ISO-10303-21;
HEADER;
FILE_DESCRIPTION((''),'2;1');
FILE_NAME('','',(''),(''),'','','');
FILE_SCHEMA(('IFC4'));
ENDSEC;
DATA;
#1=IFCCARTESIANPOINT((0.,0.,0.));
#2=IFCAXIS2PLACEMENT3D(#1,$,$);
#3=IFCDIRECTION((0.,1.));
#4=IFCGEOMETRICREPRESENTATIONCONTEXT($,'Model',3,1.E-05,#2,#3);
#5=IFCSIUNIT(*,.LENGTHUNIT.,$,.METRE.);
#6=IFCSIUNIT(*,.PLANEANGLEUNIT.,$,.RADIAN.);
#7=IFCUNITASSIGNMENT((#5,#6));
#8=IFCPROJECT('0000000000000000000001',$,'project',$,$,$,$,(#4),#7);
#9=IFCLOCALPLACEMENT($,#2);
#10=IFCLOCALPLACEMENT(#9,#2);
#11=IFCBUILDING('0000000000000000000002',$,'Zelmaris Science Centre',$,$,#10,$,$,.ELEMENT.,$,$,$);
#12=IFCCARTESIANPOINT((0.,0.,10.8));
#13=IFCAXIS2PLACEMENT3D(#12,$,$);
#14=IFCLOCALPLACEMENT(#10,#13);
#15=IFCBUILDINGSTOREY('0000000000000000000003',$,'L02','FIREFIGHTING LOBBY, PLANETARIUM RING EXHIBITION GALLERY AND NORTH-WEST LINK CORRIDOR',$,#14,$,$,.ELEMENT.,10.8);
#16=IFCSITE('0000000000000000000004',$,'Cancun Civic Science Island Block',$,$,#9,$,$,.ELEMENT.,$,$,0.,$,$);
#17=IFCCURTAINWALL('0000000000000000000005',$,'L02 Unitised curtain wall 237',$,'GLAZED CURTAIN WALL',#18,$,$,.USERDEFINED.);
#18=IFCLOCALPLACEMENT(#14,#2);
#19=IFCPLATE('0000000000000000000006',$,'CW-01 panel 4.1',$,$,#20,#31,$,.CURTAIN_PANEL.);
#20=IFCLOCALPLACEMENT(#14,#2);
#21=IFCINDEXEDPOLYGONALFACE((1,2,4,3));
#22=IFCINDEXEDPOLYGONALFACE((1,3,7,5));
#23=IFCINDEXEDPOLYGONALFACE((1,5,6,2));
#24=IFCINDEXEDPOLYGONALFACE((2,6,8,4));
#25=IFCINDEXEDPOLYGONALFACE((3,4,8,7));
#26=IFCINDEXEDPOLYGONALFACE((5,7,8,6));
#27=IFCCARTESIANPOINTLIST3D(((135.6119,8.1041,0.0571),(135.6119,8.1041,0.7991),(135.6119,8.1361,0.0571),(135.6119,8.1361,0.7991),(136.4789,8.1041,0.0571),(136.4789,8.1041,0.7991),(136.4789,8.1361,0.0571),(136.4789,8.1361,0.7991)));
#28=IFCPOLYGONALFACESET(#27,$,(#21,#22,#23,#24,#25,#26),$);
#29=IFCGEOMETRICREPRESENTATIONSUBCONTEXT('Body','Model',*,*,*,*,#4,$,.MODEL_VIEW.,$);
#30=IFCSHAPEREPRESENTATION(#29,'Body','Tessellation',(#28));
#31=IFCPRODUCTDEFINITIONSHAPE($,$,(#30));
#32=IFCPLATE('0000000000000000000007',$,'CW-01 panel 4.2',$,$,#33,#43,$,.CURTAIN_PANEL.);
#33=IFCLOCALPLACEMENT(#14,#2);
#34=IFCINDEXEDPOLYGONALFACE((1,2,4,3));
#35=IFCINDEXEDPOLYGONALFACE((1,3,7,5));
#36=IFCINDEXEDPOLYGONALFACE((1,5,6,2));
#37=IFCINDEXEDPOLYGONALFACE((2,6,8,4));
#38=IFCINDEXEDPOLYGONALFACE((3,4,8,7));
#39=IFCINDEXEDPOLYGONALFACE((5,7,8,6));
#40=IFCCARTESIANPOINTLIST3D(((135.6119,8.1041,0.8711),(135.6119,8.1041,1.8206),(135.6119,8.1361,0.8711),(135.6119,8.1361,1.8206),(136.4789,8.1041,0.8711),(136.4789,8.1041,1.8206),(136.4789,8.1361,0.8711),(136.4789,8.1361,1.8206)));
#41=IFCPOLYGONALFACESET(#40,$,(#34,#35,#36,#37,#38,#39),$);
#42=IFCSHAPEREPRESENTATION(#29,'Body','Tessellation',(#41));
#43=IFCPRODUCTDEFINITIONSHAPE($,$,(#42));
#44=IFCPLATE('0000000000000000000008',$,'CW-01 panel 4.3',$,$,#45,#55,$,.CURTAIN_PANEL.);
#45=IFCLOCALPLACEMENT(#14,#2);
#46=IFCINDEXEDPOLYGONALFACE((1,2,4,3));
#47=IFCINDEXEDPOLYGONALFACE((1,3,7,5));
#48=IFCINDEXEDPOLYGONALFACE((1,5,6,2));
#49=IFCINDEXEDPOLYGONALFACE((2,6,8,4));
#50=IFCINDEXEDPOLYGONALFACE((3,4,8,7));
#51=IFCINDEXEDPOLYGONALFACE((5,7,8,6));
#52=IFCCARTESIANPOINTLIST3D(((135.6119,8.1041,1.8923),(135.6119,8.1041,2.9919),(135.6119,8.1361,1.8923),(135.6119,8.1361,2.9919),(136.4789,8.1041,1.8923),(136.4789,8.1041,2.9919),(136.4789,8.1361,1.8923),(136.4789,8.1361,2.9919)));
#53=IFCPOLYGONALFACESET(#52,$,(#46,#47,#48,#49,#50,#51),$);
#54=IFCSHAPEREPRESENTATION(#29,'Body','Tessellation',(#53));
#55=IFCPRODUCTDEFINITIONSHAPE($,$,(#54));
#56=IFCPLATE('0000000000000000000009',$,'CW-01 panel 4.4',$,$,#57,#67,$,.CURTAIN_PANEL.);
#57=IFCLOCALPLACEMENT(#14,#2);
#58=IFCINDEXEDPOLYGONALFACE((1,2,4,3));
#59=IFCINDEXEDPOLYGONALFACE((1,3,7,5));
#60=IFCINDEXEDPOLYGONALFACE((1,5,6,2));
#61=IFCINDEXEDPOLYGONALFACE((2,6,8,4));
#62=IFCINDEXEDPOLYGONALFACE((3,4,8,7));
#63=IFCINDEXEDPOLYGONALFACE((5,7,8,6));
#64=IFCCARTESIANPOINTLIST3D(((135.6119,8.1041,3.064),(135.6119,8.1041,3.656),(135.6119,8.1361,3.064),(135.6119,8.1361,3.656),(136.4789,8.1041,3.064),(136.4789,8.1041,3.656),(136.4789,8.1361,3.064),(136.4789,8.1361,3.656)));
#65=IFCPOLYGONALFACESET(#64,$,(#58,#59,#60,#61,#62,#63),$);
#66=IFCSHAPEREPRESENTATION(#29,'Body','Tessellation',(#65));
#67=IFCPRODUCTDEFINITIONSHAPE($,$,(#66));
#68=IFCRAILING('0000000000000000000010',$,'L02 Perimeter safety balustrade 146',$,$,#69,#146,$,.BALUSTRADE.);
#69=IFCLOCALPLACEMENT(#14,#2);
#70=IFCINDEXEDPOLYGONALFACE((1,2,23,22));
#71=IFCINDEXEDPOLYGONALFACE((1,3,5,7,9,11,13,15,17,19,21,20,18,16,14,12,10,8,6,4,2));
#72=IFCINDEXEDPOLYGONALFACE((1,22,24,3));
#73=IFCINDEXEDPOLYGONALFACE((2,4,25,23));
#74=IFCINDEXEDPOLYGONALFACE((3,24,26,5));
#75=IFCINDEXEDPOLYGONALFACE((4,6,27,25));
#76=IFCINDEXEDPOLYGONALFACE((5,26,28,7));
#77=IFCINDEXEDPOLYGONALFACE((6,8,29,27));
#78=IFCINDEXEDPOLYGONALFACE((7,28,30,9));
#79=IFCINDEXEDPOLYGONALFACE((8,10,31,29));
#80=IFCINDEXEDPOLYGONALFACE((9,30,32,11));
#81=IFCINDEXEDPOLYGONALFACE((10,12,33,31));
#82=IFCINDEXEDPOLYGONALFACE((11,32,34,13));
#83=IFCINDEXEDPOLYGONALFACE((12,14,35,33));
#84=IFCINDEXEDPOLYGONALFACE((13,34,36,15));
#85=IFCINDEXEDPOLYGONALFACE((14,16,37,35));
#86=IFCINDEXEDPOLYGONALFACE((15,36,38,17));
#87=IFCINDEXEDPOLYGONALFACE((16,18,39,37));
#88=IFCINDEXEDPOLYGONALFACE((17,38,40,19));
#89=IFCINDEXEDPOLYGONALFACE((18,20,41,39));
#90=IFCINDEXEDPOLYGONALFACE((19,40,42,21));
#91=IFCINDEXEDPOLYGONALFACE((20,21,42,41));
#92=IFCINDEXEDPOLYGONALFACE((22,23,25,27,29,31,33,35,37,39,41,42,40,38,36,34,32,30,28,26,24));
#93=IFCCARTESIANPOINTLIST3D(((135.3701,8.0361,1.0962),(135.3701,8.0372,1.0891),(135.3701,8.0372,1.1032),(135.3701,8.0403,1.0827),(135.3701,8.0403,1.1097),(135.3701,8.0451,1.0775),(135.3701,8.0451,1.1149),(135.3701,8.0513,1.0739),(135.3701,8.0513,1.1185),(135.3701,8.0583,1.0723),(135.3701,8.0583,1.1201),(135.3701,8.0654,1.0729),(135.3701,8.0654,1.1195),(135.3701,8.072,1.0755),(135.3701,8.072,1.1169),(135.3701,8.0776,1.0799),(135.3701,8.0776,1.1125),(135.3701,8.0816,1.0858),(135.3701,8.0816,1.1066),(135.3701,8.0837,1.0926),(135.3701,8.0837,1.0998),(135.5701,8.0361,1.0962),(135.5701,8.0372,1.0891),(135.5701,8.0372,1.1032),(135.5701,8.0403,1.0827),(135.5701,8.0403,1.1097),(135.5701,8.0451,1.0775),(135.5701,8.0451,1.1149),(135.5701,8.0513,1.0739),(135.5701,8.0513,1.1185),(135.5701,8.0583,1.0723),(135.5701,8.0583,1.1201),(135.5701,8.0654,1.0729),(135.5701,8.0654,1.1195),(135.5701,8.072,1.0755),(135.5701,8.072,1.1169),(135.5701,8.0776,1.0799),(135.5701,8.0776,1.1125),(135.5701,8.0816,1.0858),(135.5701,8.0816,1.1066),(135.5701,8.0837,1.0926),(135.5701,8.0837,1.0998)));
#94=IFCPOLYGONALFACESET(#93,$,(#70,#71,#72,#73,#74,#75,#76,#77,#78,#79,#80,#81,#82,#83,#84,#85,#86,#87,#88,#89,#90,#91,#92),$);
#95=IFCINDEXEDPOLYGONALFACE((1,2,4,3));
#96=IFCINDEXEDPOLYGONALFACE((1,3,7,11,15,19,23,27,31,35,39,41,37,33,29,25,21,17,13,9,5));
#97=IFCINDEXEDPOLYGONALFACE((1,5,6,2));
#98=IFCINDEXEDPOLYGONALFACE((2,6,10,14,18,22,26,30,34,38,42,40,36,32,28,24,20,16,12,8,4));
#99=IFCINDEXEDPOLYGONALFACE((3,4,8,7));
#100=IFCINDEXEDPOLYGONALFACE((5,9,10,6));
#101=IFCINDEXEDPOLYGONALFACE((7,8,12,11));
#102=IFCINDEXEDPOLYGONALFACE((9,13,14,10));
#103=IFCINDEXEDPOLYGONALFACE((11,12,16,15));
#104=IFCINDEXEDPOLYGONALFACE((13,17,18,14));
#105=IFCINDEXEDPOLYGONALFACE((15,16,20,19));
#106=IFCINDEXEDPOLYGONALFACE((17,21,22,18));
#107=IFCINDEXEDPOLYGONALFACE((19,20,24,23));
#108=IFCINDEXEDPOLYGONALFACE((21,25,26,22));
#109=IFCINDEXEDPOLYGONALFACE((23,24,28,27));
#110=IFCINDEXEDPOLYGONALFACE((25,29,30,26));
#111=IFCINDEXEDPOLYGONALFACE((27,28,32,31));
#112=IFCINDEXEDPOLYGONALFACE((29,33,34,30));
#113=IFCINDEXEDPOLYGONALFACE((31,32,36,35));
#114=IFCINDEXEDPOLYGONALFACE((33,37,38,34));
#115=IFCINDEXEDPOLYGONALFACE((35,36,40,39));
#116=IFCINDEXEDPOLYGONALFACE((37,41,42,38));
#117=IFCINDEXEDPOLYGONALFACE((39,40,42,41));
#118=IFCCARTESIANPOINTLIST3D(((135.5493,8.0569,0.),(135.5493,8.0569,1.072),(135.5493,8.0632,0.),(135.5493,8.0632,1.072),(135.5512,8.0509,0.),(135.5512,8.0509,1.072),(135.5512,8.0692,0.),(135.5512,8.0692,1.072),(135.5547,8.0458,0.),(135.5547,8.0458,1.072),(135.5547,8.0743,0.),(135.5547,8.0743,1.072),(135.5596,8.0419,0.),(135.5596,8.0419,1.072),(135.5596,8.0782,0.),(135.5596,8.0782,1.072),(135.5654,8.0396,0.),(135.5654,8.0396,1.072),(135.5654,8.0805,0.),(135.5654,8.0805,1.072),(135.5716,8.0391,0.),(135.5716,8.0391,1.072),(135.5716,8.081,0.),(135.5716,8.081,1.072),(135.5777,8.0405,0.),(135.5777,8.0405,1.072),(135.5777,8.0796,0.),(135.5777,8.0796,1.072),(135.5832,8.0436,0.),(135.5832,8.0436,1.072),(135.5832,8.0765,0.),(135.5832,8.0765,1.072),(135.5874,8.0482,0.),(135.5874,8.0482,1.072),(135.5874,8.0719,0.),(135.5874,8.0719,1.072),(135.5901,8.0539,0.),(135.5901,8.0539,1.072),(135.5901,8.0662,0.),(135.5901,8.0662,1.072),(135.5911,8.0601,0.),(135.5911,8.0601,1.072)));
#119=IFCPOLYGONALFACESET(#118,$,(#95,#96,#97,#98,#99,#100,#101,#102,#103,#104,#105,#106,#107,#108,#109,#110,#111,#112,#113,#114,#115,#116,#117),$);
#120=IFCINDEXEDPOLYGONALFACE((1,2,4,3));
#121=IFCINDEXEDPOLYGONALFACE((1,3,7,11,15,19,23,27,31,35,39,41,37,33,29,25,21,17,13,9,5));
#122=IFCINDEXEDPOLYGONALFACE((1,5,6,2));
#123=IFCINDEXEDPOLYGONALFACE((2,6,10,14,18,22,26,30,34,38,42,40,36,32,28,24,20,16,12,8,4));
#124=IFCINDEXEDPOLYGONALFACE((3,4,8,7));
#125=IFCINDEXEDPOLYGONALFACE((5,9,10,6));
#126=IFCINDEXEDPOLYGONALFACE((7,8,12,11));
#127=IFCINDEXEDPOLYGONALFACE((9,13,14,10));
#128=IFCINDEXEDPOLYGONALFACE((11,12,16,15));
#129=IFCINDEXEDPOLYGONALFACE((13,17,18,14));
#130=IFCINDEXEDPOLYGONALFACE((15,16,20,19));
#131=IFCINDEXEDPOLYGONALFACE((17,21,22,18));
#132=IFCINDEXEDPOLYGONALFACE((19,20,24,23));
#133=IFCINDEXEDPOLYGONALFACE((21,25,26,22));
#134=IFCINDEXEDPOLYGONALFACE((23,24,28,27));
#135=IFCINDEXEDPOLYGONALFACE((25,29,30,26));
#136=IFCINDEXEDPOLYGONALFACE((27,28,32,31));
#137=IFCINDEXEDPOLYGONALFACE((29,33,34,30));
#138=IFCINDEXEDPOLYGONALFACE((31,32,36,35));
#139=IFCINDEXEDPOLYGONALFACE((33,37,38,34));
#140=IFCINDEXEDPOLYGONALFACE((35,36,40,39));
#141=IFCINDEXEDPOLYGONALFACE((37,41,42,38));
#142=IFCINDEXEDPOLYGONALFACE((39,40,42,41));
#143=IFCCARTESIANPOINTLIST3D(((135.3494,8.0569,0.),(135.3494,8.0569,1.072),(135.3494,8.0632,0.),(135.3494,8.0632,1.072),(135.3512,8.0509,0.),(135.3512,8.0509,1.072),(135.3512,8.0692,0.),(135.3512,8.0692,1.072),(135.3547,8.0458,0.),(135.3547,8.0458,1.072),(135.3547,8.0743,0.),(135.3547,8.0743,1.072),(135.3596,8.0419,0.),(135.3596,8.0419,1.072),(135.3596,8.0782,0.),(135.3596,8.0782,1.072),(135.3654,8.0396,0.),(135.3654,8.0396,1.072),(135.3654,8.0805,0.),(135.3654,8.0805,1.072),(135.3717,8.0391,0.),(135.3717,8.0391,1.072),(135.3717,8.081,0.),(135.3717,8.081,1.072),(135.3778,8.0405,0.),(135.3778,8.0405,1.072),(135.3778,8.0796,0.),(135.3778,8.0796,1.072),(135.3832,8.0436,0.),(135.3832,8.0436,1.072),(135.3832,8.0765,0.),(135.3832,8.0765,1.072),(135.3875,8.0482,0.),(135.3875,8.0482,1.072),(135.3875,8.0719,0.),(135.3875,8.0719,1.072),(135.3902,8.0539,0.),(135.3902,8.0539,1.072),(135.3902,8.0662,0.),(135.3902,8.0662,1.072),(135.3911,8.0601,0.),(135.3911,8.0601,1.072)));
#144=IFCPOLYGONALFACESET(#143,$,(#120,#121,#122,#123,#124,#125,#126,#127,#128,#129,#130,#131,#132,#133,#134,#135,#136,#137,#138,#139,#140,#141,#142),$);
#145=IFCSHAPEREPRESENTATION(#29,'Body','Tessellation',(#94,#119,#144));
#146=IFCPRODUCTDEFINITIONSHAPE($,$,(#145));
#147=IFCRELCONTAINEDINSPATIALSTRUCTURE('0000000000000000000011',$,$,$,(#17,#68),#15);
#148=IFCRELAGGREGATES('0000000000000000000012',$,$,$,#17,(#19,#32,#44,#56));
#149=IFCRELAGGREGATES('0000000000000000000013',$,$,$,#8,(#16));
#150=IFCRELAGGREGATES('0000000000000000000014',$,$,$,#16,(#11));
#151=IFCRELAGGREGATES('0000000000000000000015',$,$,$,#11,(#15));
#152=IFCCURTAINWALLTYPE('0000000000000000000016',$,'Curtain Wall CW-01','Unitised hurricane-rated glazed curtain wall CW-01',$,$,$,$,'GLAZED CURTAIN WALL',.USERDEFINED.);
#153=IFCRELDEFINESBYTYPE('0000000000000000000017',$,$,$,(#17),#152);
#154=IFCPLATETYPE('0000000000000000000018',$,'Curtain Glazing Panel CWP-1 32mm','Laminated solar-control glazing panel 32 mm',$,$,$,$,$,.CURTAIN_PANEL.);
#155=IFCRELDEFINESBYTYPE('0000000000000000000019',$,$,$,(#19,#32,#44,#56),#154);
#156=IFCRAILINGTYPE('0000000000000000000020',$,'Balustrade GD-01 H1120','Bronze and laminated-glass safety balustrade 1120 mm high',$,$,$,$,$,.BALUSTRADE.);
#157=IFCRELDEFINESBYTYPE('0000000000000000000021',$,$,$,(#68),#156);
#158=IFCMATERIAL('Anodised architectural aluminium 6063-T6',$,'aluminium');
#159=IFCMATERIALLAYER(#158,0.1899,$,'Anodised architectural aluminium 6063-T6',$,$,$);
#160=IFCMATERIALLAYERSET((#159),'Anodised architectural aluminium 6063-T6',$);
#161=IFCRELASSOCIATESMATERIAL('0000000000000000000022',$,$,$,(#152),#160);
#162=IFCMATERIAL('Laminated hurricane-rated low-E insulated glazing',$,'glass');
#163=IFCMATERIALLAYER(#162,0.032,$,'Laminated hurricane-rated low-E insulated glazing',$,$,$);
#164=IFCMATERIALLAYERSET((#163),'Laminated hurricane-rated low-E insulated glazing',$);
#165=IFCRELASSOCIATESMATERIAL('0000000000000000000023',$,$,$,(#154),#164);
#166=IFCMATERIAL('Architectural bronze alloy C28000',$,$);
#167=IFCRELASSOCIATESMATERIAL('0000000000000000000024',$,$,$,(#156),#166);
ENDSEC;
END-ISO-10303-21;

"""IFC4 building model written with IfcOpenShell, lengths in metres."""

from ifc_helpers import new_model, si_unit, direction, frame, origin, origin_2d, place, context, subcontext, project, spatial, rectangle, circle, extrude, material, layer, layer_set, type_object, element, aggregate, save


model = new_model("IFC4")

# Units and contexts
model_context = context("Model", 3, precision=1e-05, world=origin(), true_north=direction((0.0, 1.0)))
body_context = subcontext(model_context, "Body", "Model", "MODEL_VIEW")
ifc_project = project(units=[si_unit("LENGTHUNIT", "METRE"), si_unit("PLANEANGLEUNIT", "RADIAN")], contexts=[model_context])

# Site, building, storey
site_placement = place(None, origin())
site = spatial("IfcSite", under=ifc_project, at=site_placement, Name="Cancun Civic Science Island Block", CompositionType="ELEMENT", RefElevation=0.0)
building_placement = place(site_placement, origin())
building = spatial("IfcBuilding", under=site, at=building_placement, Name="Zelmaris Science Centre", CompositionType="ELEMENT")
storey_placement = place(building_placement, frame((0.0, 0.0, 10.8)))
storey = spatial("IfcBuildingStorey", under=building, at=storey_placement, Name="L02", Description="FIREFIGHTING LOBBY, PLANETARIUM RING EXHIBITION GALLERY AND NORTH-WEST LINK CORRIDOR", CompositionType="ELEMENT", Elevation=10.8)

# Curtain wall
ifc_material_1 = material(Name="Anodised architectural aluminium 6063-T6", Category="aluminium")
ifc_layer_1 = layer(ifc_material_1, 0.1899, Name="Anodised architectural aluminium 6063-T6")
ifc_layer_set_1 = layer_set([ifc_layer_1], Name="Anodised architectural aluminium 6063-T6")
curtain_wall_type = type_object("IfcCurtainWallType", Name="Curtain Wall CW-01", Description="Unitised hurricane-rated glazed curtain wall CW-01", ElementType="GLAZED CURTAIN WALL", PredefinedType="USERDEFINED", material=ifc_layer_set_1)
curtain_wall_placement = place(storey_placement, origin())
curtain_wall = element("IfcCurtainWall", 1, at=curtain_wall_placement, inside=storey, type_object=curtain_wall_type, Name="L02 Unitised curtain wall 237", ObjectType="GLAZED CURTAIN WALL", PredefinedType="USERDEFINED")

# Plates
ifc_material_2 = material(Name="Laminated hurricane-rated low-E insulated glazing", Category="glass")
ifc_layer_2 = layer(ifc_material_2, 0.032, Name="Laminated hurricane-rated low-E insulated glazing")
ifc_layer_set_2 = layer_set([ifc_layer_2], Name="Laminated hurricane-rated low-E insulated glazing")
plate_type = type_object("IfcPlateType", Name="Curtain Glazing Panel CWP-1 32mm", Description="Laminated solar-control glazing panel 32 mm", PredefinedType="CURTAIN_PANEL", material=ifc_layer_set_2)
plate_1_placement = place(storey_placement, frame((136.0454, 8.1201, 0.0571), z_axis=(0.0, 0.0, 1.0), x_axis=(-1.0, 0.0, 0.0)))
plate_1 = element("IfcPlate", 2, at=plate_1_placement, type_object=plate_type, Name="CW-01 panel 4.1", PredefinedType="CURTAIN_PANEL", context=body_context, shape_type="SweptSolid", body=[
    extrude(rectangle(XDim=0.8669, YDim=0.032, at=origin_2d()), origin(), (0.0, 0.0, 1.0), 0.7419),
])
plate_2_placement = place(storey_placement, frame((136.0454, 8.1201, 0.8711), z_axis=(0.0, 0.0, 1.0), x_axis=(-1.0, 0.0, 0.0)))
plate_2 = element("IfcPlate", 3, at=plate_2_placement, type_object=plate_type, Name="CW-01 panel 4.2", PredefinedType="CURTAIN_PANEL", context=body_context, shape_type="SweptSolid", body=[
    extrude(rectangle(XDim=0.8669, YDim=0.032, at=origin_2d()), origin(), (0.0, 0.0, 1.0), 0.9495),
])
plate_3_placement = place(storey_placement, frame((136.0454, 8.1201, 1.8923), z_axis=(0.0, 0.0, 1.0), x_axis=(-1.0, 0.0, 0.0)))
plate_3 = element("IfcPlate", 4, at=plate_3_placement, type_object=plate_type, Name="CW-01 panel 4.3", PredefinedType="CURTAIN_PANEL", context=body_context, shape_type="SweptSolid", body=[
    extrude(rectangle(XDim=0.8669, YDim=0.032, at=origin_2d()), origin(), (0.0, 0.0, 1.0), 1.0996),
])
plate_4_placement = place(storey_placement, frame((136.0454, 8.1201, 3.064), z_axis=(0.0, 0.0, 1.0), x_axis=(-1.0, 0.0, 0.0)))
plate_4 = element("IfcPlate", 5, at=plate_4_placement, type_object=plate_type, Name="CW-01 panel 4.4", PredefinedType="CURTAIN_PANEL", context=body_context, shape_type="SweptSolid", body=[
    extrude(rectangle(XDim=0.8669, YDim=0.032, at=origin_2d()), origin(), (0.0, 0.0, 1.0), 0.592),
])
aggregate(curtain_wall, [plate_1, plate_2, plate_3, plate_4])

# Railing
ifc_material_3 = material(Name="Architectural bronze alloy C28000")
railing_type = type_object("IfcRailingType", Name="Balustrade GD-01 H1120", Description="Bronze and laminated-glass safety balustrade 1120 mm high", PredefinedType="BALUSTRADE", material=ifc_material_3)
railing_placement = place(storey_placement, frame((135.5701, 8.0601, 0.0)))
element("IfcRailing", 6, at=railing_placement, inside=storey, type_object=railing_type, Name="L02 Perimeter safety balustrade 146", PredefinedType="BALUSTRADE", context=body_context, shape_type="SweptSolid", body=[
    extrude(circle(Radius=0.0239, at=origin_2d()), frame((0.0, 0.0, 1.0962), z_axis=(-1.0, 0.0, 0.0), x_axis=(0.0, -1.0, 0.0)), (0.0, 0.0, 1.0), 0.2),
    extrude(circle(Radius=0.021, at=origin_2d()), origin(), (0.0, 0.0, 1.0), 1.072),
    extrude(circle(Radius=0.021, at=origin_2d()), frame((-0.2, 0.0, 0.0)), (0.0, 0.0, 1.0), 1.072),
])

save(model, "model.ifc")
